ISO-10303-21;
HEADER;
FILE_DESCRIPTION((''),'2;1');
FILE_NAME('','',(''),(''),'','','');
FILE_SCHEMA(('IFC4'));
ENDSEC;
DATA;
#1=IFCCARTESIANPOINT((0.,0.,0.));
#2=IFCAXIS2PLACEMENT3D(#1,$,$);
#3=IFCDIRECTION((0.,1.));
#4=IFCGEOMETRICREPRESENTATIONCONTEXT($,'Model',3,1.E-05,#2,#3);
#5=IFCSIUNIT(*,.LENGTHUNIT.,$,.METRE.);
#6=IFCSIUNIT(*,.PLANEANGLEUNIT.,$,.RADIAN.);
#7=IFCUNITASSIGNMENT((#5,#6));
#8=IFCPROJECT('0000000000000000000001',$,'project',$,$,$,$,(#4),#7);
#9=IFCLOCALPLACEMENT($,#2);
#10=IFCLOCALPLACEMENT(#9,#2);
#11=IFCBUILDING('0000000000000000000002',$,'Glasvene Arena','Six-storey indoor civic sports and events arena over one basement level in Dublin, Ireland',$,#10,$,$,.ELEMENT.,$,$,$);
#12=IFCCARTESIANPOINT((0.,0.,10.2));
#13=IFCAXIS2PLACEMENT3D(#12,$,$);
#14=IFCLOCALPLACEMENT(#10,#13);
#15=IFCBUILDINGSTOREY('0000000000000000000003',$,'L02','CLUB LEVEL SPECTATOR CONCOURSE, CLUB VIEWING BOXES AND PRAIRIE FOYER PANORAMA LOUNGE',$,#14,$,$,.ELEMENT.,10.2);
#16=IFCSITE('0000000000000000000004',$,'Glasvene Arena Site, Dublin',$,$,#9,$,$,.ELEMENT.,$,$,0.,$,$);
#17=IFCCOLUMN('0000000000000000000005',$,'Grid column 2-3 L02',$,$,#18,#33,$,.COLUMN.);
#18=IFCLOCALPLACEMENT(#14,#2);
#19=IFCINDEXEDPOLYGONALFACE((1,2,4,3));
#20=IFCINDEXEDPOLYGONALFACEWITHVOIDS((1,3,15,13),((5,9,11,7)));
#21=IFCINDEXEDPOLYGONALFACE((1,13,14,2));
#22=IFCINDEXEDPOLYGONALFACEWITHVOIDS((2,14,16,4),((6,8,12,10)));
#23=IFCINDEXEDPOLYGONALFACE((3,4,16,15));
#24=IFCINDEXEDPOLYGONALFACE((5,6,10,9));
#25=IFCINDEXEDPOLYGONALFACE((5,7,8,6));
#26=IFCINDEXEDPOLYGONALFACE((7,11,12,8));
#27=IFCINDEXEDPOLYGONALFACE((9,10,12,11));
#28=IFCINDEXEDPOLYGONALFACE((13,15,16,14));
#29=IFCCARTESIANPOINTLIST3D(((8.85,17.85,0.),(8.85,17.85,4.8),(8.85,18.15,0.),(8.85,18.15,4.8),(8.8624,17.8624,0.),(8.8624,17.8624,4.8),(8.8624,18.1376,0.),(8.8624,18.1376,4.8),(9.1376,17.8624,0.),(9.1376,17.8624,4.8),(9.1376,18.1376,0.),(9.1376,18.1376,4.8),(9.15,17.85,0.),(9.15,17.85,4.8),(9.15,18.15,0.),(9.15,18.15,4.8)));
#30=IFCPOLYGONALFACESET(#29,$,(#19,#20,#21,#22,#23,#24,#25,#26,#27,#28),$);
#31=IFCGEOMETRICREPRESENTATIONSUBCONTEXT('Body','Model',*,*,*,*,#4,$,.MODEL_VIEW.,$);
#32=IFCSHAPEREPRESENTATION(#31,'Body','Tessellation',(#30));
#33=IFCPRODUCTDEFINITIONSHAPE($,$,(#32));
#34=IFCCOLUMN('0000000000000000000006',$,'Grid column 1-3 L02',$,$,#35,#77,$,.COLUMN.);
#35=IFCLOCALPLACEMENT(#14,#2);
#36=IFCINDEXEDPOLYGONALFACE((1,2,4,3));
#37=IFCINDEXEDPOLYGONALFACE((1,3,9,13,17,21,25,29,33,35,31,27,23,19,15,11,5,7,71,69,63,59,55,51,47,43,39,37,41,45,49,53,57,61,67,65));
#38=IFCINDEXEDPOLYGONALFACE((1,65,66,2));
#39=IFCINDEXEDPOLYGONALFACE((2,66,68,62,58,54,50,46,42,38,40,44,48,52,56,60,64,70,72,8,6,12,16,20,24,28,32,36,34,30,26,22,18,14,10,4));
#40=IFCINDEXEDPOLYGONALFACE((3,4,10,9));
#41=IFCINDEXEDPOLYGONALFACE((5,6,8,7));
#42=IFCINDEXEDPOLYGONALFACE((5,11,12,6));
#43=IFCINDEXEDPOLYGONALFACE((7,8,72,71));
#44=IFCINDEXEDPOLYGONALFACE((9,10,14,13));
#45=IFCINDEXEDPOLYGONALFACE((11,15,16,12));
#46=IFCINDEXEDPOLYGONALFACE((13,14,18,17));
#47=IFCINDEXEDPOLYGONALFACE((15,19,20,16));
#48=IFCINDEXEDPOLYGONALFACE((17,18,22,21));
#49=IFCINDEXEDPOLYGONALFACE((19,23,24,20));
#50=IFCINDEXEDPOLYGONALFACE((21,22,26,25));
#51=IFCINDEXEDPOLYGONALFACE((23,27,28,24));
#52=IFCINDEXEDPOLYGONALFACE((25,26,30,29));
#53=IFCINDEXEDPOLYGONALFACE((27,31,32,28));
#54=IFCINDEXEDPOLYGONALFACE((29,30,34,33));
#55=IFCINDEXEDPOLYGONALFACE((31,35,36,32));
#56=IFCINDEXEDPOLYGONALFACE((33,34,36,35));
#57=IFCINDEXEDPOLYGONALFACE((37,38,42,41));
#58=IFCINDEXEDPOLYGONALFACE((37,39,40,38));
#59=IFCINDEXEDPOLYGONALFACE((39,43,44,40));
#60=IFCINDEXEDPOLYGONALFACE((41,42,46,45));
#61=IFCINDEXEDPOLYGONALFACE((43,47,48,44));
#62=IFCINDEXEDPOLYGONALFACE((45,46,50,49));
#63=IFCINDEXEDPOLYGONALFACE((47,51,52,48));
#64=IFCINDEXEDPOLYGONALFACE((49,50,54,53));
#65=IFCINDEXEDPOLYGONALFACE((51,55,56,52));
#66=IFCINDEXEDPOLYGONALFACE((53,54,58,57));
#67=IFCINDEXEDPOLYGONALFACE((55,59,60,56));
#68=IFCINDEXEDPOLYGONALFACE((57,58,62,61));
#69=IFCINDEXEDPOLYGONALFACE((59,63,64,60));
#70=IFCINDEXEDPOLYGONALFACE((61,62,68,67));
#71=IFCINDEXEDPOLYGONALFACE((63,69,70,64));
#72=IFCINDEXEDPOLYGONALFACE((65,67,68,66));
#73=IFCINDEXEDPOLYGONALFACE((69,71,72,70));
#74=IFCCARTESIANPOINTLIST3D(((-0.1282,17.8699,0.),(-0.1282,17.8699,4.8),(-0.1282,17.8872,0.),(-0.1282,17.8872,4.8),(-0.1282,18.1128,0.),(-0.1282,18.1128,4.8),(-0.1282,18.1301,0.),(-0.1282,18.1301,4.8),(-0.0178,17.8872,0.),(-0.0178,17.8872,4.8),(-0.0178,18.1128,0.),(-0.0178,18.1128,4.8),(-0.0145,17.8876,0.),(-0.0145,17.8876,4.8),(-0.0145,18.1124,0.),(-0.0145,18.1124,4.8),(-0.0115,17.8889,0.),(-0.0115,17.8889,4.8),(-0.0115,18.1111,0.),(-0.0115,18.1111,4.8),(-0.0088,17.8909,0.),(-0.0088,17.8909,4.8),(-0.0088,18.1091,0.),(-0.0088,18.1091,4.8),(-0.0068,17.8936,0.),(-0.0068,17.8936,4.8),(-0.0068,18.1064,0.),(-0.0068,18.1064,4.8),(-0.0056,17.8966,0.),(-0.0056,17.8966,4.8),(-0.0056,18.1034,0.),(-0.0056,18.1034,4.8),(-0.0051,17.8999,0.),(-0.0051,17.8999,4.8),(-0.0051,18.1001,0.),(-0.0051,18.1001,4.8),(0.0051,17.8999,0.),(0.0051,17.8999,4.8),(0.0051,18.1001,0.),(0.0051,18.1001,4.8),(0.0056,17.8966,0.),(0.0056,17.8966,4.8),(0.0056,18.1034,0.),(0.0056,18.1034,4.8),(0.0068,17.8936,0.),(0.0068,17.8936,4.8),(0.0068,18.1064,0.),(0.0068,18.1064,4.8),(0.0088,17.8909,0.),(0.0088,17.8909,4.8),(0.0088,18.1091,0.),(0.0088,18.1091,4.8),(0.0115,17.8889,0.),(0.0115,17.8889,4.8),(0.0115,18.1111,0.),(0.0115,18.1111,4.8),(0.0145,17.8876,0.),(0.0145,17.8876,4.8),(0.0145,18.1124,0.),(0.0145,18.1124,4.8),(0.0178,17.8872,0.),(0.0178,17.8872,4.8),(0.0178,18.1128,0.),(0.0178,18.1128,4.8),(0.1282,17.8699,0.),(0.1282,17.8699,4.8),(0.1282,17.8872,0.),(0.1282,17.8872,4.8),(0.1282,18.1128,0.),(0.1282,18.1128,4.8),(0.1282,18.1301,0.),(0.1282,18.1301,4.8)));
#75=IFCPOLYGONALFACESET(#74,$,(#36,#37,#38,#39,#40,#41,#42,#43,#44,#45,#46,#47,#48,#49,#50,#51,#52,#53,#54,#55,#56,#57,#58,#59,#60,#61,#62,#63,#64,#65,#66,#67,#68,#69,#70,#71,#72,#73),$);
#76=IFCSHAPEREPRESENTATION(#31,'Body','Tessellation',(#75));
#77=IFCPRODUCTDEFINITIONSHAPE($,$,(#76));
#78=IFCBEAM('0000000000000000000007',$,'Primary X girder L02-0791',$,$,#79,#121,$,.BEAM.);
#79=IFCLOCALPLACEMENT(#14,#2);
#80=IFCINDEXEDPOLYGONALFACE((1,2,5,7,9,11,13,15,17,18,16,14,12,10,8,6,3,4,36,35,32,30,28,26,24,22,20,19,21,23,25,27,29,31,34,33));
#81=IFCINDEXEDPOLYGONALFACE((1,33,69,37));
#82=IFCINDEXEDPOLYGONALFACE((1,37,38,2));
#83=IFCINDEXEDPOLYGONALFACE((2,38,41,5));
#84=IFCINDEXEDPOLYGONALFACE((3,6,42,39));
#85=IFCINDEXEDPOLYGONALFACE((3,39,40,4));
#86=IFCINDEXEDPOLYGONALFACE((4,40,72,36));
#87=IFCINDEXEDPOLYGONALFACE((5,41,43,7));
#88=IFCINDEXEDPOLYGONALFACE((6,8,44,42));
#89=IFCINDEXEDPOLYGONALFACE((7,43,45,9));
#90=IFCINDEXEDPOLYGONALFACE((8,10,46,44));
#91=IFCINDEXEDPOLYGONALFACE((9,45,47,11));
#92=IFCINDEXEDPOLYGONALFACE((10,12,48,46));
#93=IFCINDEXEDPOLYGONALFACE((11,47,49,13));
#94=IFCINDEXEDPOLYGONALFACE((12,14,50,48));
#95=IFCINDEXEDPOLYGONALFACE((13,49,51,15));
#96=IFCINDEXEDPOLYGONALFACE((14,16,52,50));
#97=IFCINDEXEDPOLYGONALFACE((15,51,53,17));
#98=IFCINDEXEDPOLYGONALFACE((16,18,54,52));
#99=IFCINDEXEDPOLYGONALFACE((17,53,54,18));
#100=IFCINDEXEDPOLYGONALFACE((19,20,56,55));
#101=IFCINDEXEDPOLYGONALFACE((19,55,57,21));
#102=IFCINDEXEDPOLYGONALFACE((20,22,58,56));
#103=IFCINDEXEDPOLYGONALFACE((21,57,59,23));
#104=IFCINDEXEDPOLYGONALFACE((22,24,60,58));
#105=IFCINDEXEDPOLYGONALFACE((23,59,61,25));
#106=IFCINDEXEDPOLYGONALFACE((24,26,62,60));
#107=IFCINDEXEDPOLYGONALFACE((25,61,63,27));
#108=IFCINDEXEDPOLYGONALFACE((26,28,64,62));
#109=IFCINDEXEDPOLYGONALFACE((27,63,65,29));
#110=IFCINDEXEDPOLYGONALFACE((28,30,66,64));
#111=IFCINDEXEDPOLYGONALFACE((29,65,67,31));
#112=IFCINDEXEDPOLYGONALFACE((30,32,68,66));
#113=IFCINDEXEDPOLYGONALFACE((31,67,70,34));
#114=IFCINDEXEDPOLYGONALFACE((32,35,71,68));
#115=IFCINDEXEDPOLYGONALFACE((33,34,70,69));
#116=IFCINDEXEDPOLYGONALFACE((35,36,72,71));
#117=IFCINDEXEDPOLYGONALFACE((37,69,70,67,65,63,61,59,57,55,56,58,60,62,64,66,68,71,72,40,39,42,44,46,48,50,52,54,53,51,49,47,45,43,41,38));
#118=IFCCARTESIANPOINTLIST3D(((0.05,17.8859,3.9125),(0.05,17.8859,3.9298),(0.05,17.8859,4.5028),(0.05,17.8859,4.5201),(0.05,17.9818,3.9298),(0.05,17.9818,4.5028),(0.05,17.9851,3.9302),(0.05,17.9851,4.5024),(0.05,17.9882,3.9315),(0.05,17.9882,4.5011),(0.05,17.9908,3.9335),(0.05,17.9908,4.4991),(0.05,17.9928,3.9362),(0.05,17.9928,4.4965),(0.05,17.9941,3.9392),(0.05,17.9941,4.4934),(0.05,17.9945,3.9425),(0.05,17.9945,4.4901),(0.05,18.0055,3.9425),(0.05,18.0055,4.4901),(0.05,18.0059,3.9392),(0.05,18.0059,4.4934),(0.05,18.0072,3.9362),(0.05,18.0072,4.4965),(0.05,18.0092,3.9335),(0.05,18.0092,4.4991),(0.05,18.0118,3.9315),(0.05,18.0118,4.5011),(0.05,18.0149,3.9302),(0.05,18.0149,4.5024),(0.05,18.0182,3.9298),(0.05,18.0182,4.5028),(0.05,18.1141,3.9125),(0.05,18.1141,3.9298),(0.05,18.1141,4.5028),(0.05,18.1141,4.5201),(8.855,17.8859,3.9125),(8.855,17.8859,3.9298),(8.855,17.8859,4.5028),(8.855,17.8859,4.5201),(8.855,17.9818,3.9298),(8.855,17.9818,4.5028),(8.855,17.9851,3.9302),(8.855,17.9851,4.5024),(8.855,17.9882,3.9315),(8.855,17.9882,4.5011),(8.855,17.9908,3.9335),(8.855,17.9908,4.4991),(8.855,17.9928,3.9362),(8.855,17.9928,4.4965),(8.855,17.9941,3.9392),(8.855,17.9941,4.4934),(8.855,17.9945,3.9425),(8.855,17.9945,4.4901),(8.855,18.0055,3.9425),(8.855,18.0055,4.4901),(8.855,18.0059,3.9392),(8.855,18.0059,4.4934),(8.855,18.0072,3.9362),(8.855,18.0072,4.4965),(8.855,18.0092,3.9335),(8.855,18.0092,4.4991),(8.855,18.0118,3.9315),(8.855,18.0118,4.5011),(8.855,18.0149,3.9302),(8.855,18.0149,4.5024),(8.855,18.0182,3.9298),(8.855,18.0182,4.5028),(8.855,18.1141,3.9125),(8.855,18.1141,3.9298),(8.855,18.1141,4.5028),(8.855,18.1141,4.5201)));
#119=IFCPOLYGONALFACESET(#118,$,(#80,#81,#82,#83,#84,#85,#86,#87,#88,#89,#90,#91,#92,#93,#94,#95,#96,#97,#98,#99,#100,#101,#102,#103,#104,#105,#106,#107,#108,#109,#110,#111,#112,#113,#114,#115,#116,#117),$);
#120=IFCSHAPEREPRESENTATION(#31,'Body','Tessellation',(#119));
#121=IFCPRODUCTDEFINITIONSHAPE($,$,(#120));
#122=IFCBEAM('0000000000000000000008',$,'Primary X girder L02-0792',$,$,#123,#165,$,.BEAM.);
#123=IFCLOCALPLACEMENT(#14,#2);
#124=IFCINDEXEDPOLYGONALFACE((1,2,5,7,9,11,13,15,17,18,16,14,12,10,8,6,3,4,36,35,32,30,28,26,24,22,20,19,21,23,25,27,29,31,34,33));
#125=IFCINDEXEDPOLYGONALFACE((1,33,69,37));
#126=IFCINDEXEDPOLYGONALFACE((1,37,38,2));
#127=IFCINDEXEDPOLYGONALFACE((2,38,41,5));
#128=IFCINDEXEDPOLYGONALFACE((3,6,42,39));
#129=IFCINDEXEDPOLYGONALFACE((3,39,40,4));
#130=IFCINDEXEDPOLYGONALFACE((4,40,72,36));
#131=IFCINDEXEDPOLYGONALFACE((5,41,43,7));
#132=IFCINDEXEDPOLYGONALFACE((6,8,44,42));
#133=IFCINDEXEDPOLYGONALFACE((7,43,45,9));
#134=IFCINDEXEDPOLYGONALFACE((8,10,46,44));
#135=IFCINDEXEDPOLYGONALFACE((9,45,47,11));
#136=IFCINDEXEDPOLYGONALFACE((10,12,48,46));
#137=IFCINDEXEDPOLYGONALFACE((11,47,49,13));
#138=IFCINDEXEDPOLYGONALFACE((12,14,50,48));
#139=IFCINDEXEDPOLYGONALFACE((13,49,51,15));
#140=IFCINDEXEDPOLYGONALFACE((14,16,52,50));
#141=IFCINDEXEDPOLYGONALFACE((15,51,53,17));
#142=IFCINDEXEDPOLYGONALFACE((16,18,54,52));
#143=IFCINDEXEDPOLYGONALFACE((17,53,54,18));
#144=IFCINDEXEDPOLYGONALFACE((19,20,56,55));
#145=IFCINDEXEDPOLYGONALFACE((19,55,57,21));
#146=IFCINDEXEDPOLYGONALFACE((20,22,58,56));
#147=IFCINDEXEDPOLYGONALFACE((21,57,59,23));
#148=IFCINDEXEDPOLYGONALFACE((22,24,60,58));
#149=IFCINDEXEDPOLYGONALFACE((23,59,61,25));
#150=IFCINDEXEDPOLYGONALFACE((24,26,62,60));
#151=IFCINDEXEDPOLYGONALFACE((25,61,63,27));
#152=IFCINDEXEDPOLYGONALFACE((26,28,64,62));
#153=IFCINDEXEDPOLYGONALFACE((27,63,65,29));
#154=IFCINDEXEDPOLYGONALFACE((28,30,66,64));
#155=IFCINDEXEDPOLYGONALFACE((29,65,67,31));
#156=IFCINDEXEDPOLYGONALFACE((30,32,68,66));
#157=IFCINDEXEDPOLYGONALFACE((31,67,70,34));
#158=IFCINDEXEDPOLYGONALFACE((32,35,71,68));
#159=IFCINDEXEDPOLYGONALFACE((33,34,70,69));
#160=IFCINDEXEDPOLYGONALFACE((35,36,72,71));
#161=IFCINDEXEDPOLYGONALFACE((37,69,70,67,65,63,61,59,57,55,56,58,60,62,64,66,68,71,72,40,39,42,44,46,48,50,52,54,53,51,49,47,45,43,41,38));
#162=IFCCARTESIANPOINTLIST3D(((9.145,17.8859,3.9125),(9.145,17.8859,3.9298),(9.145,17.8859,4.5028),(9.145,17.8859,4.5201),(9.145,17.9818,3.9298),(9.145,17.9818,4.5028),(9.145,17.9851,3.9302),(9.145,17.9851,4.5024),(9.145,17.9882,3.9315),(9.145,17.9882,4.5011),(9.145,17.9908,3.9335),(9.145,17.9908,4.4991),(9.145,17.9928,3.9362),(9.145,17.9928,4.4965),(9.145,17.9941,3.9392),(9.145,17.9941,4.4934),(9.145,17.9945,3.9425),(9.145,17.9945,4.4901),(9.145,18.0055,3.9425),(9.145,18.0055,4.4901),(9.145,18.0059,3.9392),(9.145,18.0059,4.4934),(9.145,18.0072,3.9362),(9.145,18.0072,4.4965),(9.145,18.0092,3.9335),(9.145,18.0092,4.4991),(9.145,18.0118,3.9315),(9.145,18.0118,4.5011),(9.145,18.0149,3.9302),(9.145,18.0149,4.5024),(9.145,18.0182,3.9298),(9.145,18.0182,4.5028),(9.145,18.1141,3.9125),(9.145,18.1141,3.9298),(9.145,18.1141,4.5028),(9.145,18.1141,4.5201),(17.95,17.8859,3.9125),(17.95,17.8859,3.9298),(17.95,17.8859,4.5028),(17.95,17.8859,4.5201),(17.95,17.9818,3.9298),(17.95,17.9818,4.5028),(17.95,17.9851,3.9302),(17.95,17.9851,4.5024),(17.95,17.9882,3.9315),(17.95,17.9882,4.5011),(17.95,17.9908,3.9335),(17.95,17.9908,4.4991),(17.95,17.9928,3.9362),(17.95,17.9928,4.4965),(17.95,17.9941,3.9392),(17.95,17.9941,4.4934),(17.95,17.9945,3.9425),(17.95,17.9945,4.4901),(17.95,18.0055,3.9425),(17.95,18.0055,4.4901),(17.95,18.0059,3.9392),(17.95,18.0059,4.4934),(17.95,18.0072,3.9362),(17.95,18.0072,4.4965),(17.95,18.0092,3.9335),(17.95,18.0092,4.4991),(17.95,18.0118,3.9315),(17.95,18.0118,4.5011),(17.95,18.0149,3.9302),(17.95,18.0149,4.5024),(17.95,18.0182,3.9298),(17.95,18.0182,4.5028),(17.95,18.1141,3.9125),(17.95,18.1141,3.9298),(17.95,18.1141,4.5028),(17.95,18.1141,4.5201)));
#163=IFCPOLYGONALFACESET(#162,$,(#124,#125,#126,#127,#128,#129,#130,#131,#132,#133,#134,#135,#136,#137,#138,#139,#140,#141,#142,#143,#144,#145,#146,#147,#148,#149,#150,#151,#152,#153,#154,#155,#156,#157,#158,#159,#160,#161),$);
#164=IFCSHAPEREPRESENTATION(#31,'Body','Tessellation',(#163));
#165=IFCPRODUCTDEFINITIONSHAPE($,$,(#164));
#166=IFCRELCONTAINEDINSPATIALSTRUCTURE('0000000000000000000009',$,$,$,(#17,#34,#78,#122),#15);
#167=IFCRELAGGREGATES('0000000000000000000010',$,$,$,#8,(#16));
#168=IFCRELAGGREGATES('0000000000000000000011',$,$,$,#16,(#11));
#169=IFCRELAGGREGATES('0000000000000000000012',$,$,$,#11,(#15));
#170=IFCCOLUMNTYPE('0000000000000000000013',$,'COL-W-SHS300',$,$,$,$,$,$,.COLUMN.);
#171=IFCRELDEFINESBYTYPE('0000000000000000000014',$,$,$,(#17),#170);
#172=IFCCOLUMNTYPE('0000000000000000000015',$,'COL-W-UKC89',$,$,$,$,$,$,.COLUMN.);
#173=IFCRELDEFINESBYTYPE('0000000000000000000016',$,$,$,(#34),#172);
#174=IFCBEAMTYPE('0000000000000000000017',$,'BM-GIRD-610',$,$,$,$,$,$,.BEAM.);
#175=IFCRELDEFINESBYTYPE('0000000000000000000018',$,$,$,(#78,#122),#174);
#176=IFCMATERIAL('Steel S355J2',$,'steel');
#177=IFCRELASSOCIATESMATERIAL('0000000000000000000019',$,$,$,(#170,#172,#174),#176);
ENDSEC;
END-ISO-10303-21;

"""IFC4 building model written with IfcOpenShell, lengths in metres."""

from ifc_helpers import new_model, si_unit, direction, frame, origin, origin_2d, place, context, subcontext, project, spatial, hollow_rectangle, i_section, extrude, material, material_profile, profile_set, type_object, element, save


model = new_model("IFC4")

# Units and contexts
model_context = context("Model", 3, precision=1e-05, world=origin(), true_north=direction((0.0, 1.0)))
body_context = subcontext(model_context, "Body", "Model", "MODEL_VIEW")
ifc_project = project(units=[si_unit("LENGTHUNIT", "METRE"), si_unit("PLANEANGLEUNIT", "RADIAN")], contexts=[model_context])

# Site, building, storey
site_placement = place(None, origin())
site = spatial("IfcSite", under=ifc_project, at=site_placement, Name="Glasvene Arena Site, Dublin", CompositionType="ELEMENT", RefElevation=0.0)
building_placement = place(site_placement, origin())
building = spatial("IfcBuilding", under=site, at=building_placement, Name="Glasvene Arena", Description="Six-storey indoor civic sports and events arena over one basement level in Dublin, Ireland", CompositionType="ELEMENT")
storey_placement = place(building_placement, frame((0.0, 0.0, 10.2)))
storey = spatial("IfcBuildingStorey", under=building, at=storey_placement, Name="L02", Description="CLUB LEVEL SPECTATOR CONCOURSE, CLUB VIEWING BOXES AND PRAIRIE FOYER PANORAMA LOUNGE", CompositionType="ELEMENT", Elevation=10.2)

# Columns
ifc_material_1 = material(Name="Steel S355J2", Category="steel")
ifc_material_profile_1 = material_profile(ifc_material_1, hollow_rectangle(XDim=0.3, YDim=0.3, WallThickness=0.0125, at=origin_2d()), Name="SHS 300x300x12.5")
ifc_profile_set_1 = profile_set([ifc_material_profile_1], Name="Steel S355J2")
column_type_1 = type_object("IfcColumnType", Name="COL-W-SHS300", PredefinedType="COLUMN", material=ifc_profile_set_1)
column_1_placement = place(storey_placement, frame((9.0, 18.0, 0.0), z_axis=(0.0, 0.0, 1.0), x_axis=(1.0, 0.0, 0.0)))
element("IfcColumn", 1, at=column_1_placement, inside=storey, type_object=column_type_1, Name="Grid column 2-3 L02", PredefinedType="COLUMN", context=body_context, shape_type="SweptSolid", body=[
    extrude(hollow_rectangle(XDim=0.3, YDim=0.3, WallThickness=0.0125, at=origin_2d()), origin(), (0.0, 0.0, 1.0), 4.8),
])
ifc_material_profile_2 = material_profile(ifc_material_1, i_section(OverallWidth=0.2563, OverallDepth=0.2603, WebThickness=0.0103, FlangeThickness=0.0173, FilletRadius=0.0127, at=origin_2d()), Name="UKC 254x254x89")
ifc_profile_set_2 = profile_set([ifc_material_profile_2], Name="Steel S355J2")
column_type_2 = type_object("IfcColumnType", Name="COL-W-UKC89", PredefinedType="COLUMN", material=ifc_profile_set_2)
column_2_placement = place(storey_placement, frame((0.0, 18.0, 0.0), z_axis=(0.0, 0.0, 1.0), x_axis=(1.0, 0.0, 0.0)))
element("IfcColumn", 2, at=column_2_placement, inside=storey, type_object=column_type_2, Name="Grid column 1-3 L02", PredefinedType="COLUMN", context=body_context, shape_type="SweptSolid", body=[
    extrude(i_section(OverallWidth=0.2563, OverallDepth=0.2603, WebThickness=0.0103, FlangeThickness=0.0173, FilletRadius=0.0127, at=origin_2d()), origin(), (0.0, 0.0, 1.0), 4.8),
])

# Beams
ifc_material_profile_3 = material_profile(ifc_material_1, i_section(OverallWidth=0.2283, OverallDepth=0.6077, WebThickness=0.011, FlangeThickness=0.0173, FilletRadius=0.0127, at=origin_2d()), Name="UKB 610x229x113")
ifc_profile_set_3 = profile_set([ifc_material_profile_3], Name="Steel S355J2")
beam_type_1 = type_object("IfcBeamType", Name="BM-GIRD-610", PredefinedType="BEAM", material=ifc_profile_set_3)
for number, where, z_axis, x_axis, name in (
    (3, (0.05, 18.0, 4.2163), (1.0, 0.0, 0.0), (0.0, 1.0, 0.0), "Primary X girder L02-0791"),
    (4, (9.145, 18.0, 4.2163), (1.0, 0.0, 0.0), (0.0, 1.0, 0.0), "Primary X girder L02-0792"),
):
    element("IfcBeam", number, at=place(storey_placement, frame(where, z_axis=z_axis, x_axis=x_axis)), inside=storey, type_object=beam_type_1, Name=name, PredefinedType="BEAM", context=body_context, shape_type="SweptSolid", body=[
        extrude(i_section(OverallWidth=0.2283, OverallDepth=0.6077, WebThickness=0.011, FlangeThickness=0.0173, FilletRadius=0.0127, at=origin_2d()), origin(), (0.0, 0.0, 1.0), 8.8049),
    ])

save(model, "model.ifc")
